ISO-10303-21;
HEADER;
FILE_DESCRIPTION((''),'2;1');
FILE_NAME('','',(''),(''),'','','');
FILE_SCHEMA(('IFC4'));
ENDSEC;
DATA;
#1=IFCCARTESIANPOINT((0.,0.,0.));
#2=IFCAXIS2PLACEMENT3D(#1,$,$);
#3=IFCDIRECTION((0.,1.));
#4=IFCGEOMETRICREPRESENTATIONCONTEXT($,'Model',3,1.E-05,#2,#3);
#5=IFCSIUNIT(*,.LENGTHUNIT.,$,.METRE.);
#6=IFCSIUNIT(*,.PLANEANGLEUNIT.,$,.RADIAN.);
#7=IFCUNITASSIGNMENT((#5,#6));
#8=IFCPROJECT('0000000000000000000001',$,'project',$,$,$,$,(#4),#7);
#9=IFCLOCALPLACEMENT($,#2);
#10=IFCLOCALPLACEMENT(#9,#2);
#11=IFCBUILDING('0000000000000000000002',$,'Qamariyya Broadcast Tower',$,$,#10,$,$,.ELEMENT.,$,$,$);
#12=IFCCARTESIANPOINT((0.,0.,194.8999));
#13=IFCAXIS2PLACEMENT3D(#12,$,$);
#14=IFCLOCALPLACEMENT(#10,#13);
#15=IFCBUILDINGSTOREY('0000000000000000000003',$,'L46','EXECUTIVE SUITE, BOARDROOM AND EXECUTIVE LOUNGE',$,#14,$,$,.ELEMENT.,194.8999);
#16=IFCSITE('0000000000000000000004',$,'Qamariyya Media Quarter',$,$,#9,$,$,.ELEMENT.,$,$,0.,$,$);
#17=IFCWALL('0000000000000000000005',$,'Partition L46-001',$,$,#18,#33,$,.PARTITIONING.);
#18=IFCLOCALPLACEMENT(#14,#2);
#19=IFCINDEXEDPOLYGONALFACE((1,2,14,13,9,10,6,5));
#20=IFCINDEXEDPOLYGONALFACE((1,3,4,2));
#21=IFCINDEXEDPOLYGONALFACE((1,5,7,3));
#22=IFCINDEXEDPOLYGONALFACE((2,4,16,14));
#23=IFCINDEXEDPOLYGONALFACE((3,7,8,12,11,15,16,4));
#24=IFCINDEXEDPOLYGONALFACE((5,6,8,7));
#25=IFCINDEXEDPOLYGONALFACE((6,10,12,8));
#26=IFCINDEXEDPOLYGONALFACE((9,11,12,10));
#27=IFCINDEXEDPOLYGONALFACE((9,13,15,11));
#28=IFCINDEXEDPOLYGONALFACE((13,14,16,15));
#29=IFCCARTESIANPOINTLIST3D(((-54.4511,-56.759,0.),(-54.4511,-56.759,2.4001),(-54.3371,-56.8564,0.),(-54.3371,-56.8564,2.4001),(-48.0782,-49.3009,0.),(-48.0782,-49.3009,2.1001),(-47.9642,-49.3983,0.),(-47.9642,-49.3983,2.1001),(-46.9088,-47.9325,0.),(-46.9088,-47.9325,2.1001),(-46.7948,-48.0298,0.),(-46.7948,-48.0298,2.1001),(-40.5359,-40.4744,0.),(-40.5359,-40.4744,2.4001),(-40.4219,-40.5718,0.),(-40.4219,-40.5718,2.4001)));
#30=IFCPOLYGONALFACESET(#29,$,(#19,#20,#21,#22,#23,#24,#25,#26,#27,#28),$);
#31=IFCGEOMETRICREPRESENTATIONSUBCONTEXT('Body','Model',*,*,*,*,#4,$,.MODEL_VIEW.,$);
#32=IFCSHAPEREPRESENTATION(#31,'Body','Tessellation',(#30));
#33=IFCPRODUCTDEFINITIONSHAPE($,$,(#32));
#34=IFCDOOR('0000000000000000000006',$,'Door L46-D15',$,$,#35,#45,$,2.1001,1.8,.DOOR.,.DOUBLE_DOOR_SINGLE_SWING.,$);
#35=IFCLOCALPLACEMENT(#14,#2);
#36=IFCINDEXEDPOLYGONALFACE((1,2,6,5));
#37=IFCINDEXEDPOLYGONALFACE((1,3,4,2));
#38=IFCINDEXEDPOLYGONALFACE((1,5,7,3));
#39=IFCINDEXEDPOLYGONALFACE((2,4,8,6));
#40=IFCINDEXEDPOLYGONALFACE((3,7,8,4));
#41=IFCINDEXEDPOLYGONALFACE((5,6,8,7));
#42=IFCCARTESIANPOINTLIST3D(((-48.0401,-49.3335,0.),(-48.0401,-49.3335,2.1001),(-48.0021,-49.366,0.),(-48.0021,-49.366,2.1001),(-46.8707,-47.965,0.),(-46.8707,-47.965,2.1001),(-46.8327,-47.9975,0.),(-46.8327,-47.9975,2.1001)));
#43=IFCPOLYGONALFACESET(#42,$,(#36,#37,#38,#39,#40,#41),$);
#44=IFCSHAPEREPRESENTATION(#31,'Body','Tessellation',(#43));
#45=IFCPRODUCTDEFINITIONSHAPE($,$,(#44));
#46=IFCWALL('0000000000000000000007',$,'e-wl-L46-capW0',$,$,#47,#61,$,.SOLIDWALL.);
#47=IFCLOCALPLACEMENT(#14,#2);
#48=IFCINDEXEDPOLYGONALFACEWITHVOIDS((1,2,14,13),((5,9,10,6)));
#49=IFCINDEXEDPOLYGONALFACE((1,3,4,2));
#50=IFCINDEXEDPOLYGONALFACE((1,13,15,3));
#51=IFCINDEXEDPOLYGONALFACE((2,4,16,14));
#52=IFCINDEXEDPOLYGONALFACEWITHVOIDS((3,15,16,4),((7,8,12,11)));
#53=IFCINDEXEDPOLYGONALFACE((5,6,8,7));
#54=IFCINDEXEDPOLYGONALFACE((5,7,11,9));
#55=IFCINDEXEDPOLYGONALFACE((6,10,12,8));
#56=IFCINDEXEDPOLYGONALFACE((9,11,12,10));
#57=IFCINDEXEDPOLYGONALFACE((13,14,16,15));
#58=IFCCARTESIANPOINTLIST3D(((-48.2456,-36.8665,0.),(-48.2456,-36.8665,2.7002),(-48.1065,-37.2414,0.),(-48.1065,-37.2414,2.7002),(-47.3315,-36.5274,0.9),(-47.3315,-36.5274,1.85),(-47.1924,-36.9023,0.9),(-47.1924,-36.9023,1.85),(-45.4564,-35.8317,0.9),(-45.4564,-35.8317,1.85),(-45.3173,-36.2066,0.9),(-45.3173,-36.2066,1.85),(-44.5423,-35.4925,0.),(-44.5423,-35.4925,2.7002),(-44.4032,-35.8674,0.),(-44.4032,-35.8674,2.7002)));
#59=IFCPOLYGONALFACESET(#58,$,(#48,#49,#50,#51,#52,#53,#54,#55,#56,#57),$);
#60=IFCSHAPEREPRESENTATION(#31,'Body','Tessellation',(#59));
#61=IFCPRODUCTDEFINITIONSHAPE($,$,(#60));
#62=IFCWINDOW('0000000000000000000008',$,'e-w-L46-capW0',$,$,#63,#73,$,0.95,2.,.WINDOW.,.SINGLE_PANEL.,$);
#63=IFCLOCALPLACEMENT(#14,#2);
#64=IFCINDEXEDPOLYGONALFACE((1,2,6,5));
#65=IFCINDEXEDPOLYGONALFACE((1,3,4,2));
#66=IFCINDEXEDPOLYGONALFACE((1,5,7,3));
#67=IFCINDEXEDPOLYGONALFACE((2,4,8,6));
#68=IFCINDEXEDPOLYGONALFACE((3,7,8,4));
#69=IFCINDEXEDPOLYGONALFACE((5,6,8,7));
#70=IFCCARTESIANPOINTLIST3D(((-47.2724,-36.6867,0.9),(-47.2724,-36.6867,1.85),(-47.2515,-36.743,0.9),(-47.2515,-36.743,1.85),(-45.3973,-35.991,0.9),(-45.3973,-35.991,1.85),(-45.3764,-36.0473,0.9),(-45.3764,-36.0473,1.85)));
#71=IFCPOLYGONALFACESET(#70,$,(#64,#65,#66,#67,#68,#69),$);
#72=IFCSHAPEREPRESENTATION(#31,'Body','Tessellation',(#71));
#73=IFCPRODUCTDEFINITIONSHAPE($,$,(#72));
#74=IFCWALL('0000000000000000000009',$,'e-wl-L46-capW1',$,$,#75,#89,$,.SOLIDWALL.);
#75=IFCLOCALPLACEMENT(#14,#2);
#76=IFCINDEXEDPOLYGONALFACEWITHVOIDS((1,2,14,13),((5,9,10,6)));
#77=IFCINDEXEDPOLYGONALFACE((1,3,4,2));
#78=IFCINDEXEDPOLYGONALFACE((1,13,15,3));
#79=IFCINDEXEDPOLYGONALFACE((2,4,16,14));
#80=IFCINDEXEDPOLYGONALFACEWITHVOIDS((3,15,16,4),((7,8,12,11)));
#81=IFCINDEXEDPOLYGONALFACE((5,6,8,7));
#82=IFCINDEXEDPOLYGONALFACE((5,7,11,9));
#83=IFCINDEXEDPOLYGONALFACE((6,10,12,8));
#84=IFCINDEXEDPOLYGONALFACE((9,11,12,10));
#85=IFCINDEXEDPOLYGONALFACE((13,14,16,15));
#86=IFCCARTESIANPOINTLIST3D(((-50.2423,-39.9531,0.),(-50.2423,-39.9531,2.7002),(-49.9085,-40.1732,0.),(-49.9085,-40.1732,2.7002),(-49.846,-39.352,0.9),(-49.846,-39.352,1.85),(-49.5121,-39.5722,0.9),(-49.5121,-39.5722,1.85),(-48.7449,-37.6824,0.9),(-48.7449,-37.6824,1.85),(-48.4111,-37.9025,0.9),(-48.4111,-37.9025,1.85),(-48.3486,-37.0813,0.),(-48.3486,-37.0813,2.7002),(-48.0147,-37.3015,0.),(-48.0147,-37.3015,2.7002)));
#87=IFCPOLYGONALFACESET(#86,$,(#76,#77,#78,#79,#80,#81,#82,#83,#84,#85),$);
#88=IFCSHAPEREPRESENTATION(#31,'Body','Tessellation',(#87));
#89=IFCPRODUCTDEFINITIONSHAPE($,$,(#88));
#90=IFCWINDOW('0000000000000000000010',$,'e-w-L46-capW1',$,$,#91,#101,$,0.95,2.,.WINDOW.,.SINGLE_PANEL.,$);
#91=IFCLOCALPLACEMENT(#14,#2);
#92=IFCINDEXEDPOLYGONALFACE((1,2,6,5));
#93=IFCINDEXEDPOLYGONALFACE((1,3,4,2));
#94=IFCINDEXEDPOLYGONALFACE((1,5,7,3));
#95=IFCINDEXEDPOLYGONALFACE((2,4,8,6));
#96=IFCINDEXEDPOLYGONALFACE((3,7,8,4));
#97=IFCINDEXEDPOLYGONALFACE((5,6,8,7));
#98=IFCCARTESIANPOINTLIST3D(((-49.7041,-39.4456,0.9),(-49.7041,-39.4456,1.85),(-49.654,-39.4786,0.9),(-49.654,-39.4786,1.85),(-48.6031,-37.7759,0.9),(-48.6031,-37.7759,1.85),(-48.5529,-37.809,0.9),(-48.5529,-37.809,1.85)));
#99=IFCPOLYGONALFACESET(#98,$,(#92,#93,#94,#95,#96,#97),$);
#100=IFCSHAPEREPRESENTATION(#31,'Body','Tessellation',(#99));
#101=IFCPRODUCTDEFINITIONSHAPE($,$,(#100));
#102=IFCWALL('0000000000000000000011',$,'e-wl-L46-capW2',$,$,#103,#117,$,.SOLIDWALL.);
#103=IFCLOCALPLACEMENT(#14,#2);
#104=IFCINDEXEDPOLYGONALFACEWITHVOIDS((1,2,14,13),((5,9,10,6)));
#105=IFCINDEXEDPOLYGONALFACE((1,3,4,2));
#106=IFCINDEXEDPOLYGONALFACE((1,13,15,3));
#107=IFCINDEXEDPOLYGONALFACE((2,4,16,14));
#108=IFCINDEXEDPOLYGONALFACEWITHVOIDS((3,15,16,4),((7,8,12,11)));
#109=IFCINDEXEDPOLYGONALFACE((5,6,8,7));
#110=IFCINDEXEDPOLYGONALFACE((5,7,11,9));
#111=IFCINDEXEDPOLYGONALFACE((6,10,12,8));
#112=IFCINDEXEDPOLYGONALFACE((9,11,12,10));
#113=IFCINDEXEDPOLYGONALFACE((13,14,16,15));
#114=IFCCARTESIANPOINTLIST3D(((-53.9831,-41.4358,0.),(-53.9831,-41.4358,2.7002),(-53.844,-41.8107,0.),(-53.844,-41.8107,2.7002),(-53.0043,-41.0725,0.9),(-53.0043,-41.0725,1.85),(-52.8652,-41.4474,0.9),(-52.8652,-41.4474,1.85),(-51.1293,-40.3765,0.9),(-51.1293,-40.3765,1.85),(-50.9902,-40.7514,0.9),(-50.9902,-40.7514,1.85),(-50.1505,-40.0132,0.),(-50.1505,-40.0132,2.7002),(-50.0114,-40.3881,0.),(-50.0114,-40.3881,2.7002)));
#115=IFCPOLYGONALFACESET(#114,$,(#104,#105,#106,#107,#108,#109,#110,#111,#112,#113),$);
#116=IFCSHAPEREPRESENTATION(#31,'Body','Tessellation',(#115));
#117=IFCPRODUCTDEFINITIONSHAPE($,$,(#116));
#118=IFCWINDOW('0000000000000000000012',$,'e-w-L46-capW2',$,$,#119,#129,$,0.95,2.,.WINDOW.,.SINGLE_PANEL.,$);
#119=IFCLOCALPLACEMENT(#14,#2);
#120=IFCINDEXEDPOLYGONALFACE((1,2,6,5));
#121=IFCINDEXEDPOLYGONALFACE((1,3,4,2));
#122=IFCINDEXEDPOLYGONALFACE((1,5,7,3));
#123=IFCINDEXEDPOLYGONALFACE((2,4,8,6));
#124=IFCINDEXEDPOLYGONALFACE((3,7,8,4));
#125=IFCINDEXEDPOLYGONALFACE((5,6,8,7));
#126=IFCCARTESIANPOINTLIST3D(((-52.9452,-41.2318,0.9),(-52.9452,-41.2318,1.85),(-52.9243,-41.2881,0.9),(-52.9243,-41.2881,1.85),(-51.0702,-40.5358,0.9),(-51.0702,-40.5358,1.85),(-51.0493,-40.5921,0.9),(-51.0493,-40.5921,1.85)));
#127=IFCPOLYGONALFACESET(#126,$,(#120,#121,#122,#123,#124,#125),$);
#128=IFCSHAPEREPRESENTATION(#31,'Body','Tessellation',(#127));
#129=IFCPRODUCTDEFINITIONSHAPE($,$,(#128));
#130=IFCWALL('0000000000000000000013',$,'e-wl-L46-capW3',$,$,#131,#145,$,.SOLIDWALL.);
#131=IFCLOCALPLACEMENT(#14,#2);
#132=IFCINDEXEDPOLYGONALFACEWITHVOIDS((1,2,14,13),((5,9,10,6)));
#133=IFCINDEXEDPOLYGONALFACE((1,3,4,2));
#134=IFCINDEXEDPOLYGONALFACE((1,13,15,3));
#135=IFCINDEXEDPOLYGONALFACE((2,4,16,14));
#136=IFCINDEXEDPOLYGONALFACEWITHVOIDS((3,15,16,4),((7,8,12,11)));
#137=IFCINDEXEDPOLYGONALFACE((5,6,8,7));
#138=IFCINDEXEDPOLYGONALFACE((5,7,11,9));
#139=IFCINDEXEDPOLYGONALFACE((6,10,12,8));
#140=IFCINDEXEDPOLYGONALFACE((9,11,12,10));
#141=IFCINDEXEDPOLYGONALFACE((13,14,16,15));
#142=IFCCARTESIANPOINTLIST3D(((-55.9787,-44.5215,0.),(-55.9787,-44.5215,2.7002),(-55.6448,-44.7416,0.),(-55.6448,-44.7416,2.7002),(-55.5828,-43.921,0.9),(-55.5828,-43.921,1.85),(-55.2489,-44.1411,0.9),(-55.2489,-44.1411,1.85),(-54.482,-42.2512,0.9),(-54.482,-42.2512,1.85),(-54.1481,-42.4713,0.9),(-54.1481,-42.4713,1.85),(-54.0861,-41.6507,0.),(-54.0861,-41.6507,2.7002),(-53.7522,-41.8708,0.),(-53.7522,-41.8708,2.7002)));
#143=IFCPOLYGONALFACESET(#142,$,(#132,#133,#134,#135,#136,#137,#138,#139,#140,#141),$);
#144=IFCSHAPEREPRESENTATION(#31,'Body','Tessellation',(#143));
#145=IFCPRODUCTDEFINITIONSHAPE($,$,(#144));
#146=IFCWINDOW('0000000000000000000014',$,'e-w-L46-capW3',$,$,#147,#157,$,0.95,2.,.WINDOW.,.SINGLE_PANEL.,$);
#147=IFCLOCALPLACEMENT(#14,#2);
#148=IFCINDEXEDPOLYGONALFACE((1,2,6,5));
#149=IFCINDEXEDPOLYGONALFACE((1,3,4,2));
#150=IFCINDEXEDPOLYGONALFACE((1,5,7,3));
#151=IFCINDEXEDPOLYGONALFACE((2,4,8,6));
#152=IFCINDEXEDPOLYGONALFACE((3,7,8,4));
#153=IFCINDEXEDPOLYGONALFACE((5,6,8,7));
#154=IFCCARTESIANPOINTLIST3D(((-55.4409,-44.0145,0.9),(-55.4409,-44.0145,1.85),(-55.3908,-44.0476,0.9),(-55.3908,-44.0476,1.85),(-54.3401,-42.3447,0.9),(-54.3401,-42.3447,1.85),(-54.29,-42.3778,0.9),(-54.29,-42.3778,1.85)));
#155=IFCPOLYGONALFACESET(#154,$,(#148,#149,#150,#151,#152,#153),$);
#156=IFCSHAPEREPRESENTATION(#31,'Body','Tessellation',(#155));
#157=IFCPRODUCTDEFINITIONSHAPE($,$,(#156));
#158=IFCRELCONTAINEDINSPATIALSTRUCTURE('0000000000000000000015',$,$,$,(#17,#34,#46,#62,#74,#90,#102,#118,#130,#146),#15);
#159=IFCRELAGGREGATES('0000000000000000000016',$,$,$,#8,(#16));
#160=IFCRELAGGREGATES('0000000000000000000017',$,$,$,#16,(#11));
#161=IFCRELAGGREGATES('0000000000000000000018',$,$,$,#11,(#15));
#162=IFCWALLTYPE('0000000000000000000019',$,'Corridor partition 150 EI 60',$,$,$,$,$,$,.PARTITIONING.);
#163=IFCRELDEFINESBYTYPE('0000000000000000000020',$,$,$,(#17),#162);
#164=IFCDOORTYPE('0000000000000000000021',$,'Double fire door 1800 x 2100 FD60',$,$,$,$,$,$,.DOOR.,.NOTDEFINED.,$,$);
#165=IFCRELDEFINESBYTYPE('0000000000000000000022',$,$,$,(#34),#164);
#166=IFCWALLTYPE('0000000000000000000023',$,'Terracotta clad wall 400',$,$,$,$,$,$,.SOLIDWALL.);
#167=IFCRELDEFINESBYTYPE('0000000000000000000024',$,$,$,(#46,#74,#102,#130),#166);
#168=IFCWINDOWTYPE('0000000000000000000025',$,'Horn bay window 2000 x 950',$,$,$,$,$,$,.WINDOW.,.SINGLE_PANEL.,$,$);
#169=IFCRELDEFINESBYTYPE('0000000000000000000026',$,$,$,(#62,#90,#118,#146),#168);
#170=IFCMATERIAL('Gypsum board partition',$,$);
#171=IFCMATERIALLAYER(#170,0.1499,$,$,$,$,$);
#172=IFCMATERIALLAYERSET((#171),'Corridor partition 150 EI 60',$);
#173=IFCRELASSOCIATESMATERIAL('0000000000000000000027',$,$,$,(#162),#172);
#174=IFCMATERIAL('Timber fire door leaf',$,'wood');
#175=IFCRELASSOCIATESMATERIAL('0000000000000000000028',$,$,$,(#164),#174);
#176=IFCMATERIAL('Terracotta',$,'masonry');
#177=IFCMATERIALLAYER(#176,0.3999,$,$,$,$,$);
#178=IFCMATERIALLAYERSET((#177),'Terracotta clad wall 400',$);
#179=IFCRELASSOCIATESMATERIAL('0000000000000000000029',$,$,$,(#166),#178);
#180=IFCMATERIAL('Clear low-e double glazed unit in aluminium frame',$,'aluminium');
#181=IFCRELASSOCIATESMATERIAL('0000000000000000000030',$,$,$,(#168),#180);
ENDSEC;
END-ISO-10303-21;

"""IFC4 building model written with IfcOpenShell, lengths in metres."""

from ifc_helpers import new_model, si_unit, direction, frame, frame_2d, origin, place, context, subcontext, project, spatial, rectangle, extrude, material, layer, layer_set, type_object, element, fill, save


model = new_model("IFC4")

# Units and contexts
model_context = context("Model", 3, precision=1e-05, world=origin(), true_north=direction((0.0, 1.0)))
body_context = subcontext(model_context, "Body", "Model", "MODEL_VIEW")
ifc_project = project(units=[si_unit("LENGTHUNIT", "METRE"), si_unit("PLANEANGLEUNIT", "RADIAN")], contexts=[model_context])

# Site, building, storey
site_placement = place(None, origin())
site = spatial("IfcSite", under=ifc_project, at=site_placement, Name="Qamariyya Media Quarter", CompositionType="ELEMENT", RefElevation=0.0)
building_placement = place(site_placement, origin())
building = spatial("IfcBuilding", under=site, at=building_placement, Name="Qamariyya Broadcast Tower", CompositionType="ELEMENT")
storey_placement = place(building_placement, frame((0.0, 0.0, 194.8999)))
storey = spatial("IfcBuildingStorey", under=building, at=storey_placement, Name="L46", Description="EXECUTIVE SUITE, BOARDROOM AND EXECUTIVE LOUNGE", CompositionType="ELEMENT", Elevation=194.8999)

# Wall, opening, door
ifc_material_1 = material(Name="Gypsum board partition")
ifc_layer_1 = layer(ifc_material_1, 0.1499)
ifc_layer_set_1 = layer_set([ifc_layer_1], Name="Corridor partition 150 EI 60")
wall_type_1 = type_object("IfcWallType", Name="Corridor partition 150 EI 60", PredefinedType="PARTITIONING", material=ifc_layer_set_1)
wall_1_placement = place(storey_placement, frame((-54.394, -56.8076, 0.0), z_axis=(0.0, 0.0, 1.0), x_axis=(0.649633, 0.760248, 0.0)))
wall_1 = element("IfcWall", 1, at=wall_1_placement, inside=storey, type_object=wall_type_1, Name="Partition L46-001", PredefinedType="PARTITIONING", context=body_context, shape_type="SweptSolid", body=[
    extrude(rectangle(XDim=21.4202, YDim=0.1499, at=frame_2d((10.71, 0.0))), origin(), (0.0, 0.0, 1.0), 2.4001),
])
opening_1_placement = place(wall_1_placement, frame((9.8101, 0.0, 0.0)))
opening_1 = element("IfcOpeningElement", 2, at=opening_1_placement, cuts=wall_1, PredefinedType="OPENING", context=body_context, shape_type="SweptSolid", body=[
    extrude(rectangle(XDim=1.8, YDim=2.1001, at=frame_2d((0.8999, 1.05))), frame((0.0, 0.085, 0.0), z_axis=(0.0, -1.0, 0.0), x_axis=(1.0, 0.0, 0.0)), (0.0, 0.0, 1.0), 0.1699),
])
ifc_material_2 = material(Name="Timber fire door leaf", Category="wood")
door_type_1 = type_object("IfcDoorType", Name="Double fire door 1800 x 2100 FD60", OperationType="NOTDEFINED", PredefinedType="DOOR", material=ifc_material_2)
door_1_placement = place(opening_1_placement, origin())
door_1 = element("IfcDoor", 3, at=door_1_placement, inside=storey, type_object=door_type_1, Name="Door L46-D15", OperationType="DOUBLE_DOOR_SINGLE_SWING", OverallHeight=2.1001, OverallWidth=1.8, PredefinedType="DOOR", context=body_context, shape_type="SweptSolid", body=[
    extrude(rectangle(XDim=1.8, YDim=2.1001, at=frame_2d((0.8999, 1.05))), frame((0.0, 0.0249, 0.0), z_axis=(0.0, -1.0, 0.0), x_axis=(1.0, 0.0, 0.0)), (0.0, 0.0, 1.0), 0.05),
])
fill(opening_1, door_1)

# Walls, openings, windows
ifc_material_3 = material(Name="Terracotta", Category="masonry")
ifc_layer_2 = layer(ifc_material_3, 0.3999)
ifc_layer_set_2 = layer_set([ifc_layer_2], Name="Terracotta clad wall 400")
wall_type_2 = type_object("IfcWallType", Name="Terracotta clad wall 400", PredefinedType="SOLIDWALL", material=ifc_layer_set_2)
wall_2_placement = place(storey_placement, frame((-44.4727, -35.6799, 0.0), z_axis=(0.0, 0.0, 1.0), x_axis=(-0.93755, -0.34785, 0.0)))
wall_2 = element("IfcWall", 4, at=wall_2_placement, inside=storey, type_object=wall_type_2, Name="e-wl-L46-capW0", PredefinedType="SOLIDWALL", context=body_context, shape_type="SweptSolid", body=[
    extrude(rectangle(XDim=3.95, YDim=0.3999, at=frame_2d((1.9751, 0.0))), origin(), (0.0, 0.0, 1.0), 2.7002),
])
opening_2_placement = place(wall_2_placement, frame((0.9751, 0.0, 0.8999)))
opening_2 = element("IfcOpeningElement", 5, at=opening_2_placement, cuts=wall_2, PredefinedType="OPENING", context=body_context, shape_type="SweptSolid", body=[
    extrude(rectangle(XDim=2.0, YDim=0.95, at=frame_2d((1.0, 0.4751))), frame((0.0, 0.21, 0.0), z_axis=(0.0, -1.0, 0.0), x_axis=(1.0, 0.0, 0.0)), (0.0, 0.0, 1.0), 0.4199),
])
ifc_material_4 = material(Name="Clear low-e double glazed unit in aluminium frame", Category="aluminium")
window_type = type_object("IfcWindowType", Name="Horn bay window 2000 x 950", PartitioningType="SINGLE_PANEL", PredefinedType="WINDOW", material=ifc_material_4)
window_1_placement = place(opening_2_placement, origin())
window_1 = element("IfcWindow", 6, at=window_1_placement, inside=storey, type_object=window_type, Name="e-w-L46-capW0", OverallHeight=0.95, OverallWidth=2.0, PartitioningType="SINGLE_PANEL", PredefinedType="WINDOW", context=body_context, shape_type="SweptSolid", body=[
    extrude(rectangle(XDim=2.0, YDim=0.95, at=frame_2d((1.0, 0.4751))), frame((0.0, 0.03, 0.0), z_axis=(0.0, -1.0, 0.0), x_axis=(1.0, 0.0, 0.0)), (0.0, 0.0, 1.0), 0.0601),
])
fill(opening_2, window_1)
wall_3_placement = place(storey_placement, frame((-48.1816, -37.1914, 0.0), z_axis=(0.0, 0.0, 1.0), x_axis=(-0.550517, -0.834824, 0.0)))
wall_3 = element("IfcWall", 7, at=wall_3_placement, inside=storey, type_object=wall_type_2, Name="e-wl-L46-capW1", PredefinedType="SOLIDWALL", context=body_context, shape_type="SweptSolid", body=[
    extrude(rectangle(XDim=3.4399, YDim=0.3999, at=frame_2d((1.72, 0.0))), origin(), (0.0, 0.0, 1.0), 2.7002),
])
opening_3_placement = place(wall_3_placement, frame((0.72, 0.0, 0.8999)))
opening_3 = element("IfcOpeningElement", 8, at=opening_3_placement, cuts=wall_3, PredefinedType="OPENING", context=body_context, shape_type="SweptSolid", body=[
    extrude(rectangle(XDim=2.0, YDim=0.95, at=frame_2d((1.0, 0.4751))), frame((0.0, 0.21, 0.0), z_axis=(0.0, -1.0, 0.0), x_axis=(1.0, 0.0, 0.0)), (0.0, 0.0, 1.0), 0.4199),
])
window_2_placement = place(opening_3_placement, origin())
window_2 = element("IfcWindow", 9, at=window_2_placement, inside=storey, type_object=window_type, Name="e-w-L46-capW1", OverallHeight=0.95, OverallWidth=2.0, PartitioningType="SINGLE_PANEL", PredefinedType="WINDOW", context=body_context, shape_type="SweptSolid", body=[
    extrude(rectangle(XDim=2.0, YDim=0.95, at=frame_2d((1.0, 0.4751))), frame((0.0, 0.03, 0.0), z_axis=(0.0, -1.0, 0.0), x_axis=(1.0, 0.0, 0.0)), (0.0, 0.0, 1.0), 0.0601),
])
fill(opening_3, window_2)
wall_4_placement = place(storey_placement, frame((-50.0811, -40.2007, 0.0), z_axis=(0.0, 0.0, 1.0), x_axis=(-0.937497, -0.347993, 0.0)))
wall_4 = element("IfcWall", 10, at=wall_4_placement, inside=storey, type_object=wall_type_2, Name="e-wl-L46-capW2", PredefinedType="SOLIDWALL", context=body_context, shape_type="SweptSolid", body=[
    extrude(rectangle(XDim=4.0881, YDim=0.3999, at=frame_2d((2.0439, 0.0))), origin(), (0.0, 0.0, 1.0), 2.7002),
])
opening_4_placement = place(wall_4_placement, frame((1.0439, 0.0, 0.8999)))
opening_4 = element("IfcOpeningElement", 11, at=opening_4_placement, cuts=wall_4, PredefinedType="OPENING", context=body_context, shape_type="SweptSolid", body=[
    extrude(rectangle(XDim=2.0, YDim=0.95, at=frame_2d((1.0, 0.4751))), frame((0.0, 0.21, 0.0), z_axis=(0.0, -1.0, 0.0), x_axis=(1.0, 0.0, 0.0)), (0.0, 0.0, 1.0), 0.4199),
])
window_3_placement = place(opening_4_placement, origin())
window_3 = element("IfcWindow", 12, at=window_3_placement, inside=storey, type_object=window_type, Name="e-w-L46-capW2", OverallHeight=0.95, OverallWidth=2.0, PartitioningType="SINGLE_PANEL", PredefinedType="WINDOW", context=body_context, shape_type="SweptSolid", body=[
    extrude(rectangle(XDim=2.0, YDim=0.95, at=frame_2d((1.0, 0.4751))), frame((0.0, 0.03, 0.0), z_axis=(0.0, -1.0, 0.0), x_axis=(1.0, 0.0, 0.0)), (0.0, 0.0, 1.0), 0.0601),
])
fill(opening_4, window_3)
wall_5_placement = place(storey_placement, frame((-53.9192, -41.7607, 0.0), z_axis=(0.0, 0.0, 1.0), x_axis=(-0.5504, -0.834901, 0.0)))
wall_5 = element("IfcWall", 13, at=wall_5_placement, inside=storey, type_object=wall_type_2, Name="e-wl-L46-capW3", PredefinedType="SOLIDWALL", context=body_context, shape_type="SweptSolid", body=[
    extrude(rectangle(XDim=3.4385, YDim=0.3999, at=frame_2d((1.7192, 0.0))), origin(), (0.0, 0.0, 1.0), 2.7002),
])
opening_5_placement = place(wall_5_placement, frame((0.7192, 0.0, 0.8999)))
opening_5 = element("IfcOpeningElement", 14, at=opening_5_placement, cuts=wall_5, PredefinedType="OPENING", context=body_context, shape_type="SweptSolid", body=[
    extrude(rectangle(XDim=2.0, YDim=0.95, at=frame_2d((1.0, 0.4751))), frame((0.0, 0.21, 0.0), z_axis=(0.0, -1.0, 0.0), x_axis=(1.0, 0.0, 0.0)), (0.0, 0.0, 1.0), 0.4199),
])
window_4_placement = place(opening_5_placement, origin())
window_4 = element("IfcWindow", 15, at=window_4_placement, inside=storey, type_object=window_type, Name="e-w-L46-capW3", OverallHeight=0.95, OverallWidth=2.0, PartitioningType="SINGLE_PANEL", PredefinedType="WINDOW", context=body_context, shape_type="SweptSolid", body=[
    extrude(rectangle(XDim=2.0, YDim=0.95, at=frame_2d((1.0, 0.4751))), frame((0.0, 0.03, 0.0), z_axis=(0.0, -1.0, 0.0), x_axis=(1.0, 0.0, 0.0)), (0.0, 0.0, 1.0), 0.0601),
])
fill(opening_5, window_4)

save(model, "model.ifc")
